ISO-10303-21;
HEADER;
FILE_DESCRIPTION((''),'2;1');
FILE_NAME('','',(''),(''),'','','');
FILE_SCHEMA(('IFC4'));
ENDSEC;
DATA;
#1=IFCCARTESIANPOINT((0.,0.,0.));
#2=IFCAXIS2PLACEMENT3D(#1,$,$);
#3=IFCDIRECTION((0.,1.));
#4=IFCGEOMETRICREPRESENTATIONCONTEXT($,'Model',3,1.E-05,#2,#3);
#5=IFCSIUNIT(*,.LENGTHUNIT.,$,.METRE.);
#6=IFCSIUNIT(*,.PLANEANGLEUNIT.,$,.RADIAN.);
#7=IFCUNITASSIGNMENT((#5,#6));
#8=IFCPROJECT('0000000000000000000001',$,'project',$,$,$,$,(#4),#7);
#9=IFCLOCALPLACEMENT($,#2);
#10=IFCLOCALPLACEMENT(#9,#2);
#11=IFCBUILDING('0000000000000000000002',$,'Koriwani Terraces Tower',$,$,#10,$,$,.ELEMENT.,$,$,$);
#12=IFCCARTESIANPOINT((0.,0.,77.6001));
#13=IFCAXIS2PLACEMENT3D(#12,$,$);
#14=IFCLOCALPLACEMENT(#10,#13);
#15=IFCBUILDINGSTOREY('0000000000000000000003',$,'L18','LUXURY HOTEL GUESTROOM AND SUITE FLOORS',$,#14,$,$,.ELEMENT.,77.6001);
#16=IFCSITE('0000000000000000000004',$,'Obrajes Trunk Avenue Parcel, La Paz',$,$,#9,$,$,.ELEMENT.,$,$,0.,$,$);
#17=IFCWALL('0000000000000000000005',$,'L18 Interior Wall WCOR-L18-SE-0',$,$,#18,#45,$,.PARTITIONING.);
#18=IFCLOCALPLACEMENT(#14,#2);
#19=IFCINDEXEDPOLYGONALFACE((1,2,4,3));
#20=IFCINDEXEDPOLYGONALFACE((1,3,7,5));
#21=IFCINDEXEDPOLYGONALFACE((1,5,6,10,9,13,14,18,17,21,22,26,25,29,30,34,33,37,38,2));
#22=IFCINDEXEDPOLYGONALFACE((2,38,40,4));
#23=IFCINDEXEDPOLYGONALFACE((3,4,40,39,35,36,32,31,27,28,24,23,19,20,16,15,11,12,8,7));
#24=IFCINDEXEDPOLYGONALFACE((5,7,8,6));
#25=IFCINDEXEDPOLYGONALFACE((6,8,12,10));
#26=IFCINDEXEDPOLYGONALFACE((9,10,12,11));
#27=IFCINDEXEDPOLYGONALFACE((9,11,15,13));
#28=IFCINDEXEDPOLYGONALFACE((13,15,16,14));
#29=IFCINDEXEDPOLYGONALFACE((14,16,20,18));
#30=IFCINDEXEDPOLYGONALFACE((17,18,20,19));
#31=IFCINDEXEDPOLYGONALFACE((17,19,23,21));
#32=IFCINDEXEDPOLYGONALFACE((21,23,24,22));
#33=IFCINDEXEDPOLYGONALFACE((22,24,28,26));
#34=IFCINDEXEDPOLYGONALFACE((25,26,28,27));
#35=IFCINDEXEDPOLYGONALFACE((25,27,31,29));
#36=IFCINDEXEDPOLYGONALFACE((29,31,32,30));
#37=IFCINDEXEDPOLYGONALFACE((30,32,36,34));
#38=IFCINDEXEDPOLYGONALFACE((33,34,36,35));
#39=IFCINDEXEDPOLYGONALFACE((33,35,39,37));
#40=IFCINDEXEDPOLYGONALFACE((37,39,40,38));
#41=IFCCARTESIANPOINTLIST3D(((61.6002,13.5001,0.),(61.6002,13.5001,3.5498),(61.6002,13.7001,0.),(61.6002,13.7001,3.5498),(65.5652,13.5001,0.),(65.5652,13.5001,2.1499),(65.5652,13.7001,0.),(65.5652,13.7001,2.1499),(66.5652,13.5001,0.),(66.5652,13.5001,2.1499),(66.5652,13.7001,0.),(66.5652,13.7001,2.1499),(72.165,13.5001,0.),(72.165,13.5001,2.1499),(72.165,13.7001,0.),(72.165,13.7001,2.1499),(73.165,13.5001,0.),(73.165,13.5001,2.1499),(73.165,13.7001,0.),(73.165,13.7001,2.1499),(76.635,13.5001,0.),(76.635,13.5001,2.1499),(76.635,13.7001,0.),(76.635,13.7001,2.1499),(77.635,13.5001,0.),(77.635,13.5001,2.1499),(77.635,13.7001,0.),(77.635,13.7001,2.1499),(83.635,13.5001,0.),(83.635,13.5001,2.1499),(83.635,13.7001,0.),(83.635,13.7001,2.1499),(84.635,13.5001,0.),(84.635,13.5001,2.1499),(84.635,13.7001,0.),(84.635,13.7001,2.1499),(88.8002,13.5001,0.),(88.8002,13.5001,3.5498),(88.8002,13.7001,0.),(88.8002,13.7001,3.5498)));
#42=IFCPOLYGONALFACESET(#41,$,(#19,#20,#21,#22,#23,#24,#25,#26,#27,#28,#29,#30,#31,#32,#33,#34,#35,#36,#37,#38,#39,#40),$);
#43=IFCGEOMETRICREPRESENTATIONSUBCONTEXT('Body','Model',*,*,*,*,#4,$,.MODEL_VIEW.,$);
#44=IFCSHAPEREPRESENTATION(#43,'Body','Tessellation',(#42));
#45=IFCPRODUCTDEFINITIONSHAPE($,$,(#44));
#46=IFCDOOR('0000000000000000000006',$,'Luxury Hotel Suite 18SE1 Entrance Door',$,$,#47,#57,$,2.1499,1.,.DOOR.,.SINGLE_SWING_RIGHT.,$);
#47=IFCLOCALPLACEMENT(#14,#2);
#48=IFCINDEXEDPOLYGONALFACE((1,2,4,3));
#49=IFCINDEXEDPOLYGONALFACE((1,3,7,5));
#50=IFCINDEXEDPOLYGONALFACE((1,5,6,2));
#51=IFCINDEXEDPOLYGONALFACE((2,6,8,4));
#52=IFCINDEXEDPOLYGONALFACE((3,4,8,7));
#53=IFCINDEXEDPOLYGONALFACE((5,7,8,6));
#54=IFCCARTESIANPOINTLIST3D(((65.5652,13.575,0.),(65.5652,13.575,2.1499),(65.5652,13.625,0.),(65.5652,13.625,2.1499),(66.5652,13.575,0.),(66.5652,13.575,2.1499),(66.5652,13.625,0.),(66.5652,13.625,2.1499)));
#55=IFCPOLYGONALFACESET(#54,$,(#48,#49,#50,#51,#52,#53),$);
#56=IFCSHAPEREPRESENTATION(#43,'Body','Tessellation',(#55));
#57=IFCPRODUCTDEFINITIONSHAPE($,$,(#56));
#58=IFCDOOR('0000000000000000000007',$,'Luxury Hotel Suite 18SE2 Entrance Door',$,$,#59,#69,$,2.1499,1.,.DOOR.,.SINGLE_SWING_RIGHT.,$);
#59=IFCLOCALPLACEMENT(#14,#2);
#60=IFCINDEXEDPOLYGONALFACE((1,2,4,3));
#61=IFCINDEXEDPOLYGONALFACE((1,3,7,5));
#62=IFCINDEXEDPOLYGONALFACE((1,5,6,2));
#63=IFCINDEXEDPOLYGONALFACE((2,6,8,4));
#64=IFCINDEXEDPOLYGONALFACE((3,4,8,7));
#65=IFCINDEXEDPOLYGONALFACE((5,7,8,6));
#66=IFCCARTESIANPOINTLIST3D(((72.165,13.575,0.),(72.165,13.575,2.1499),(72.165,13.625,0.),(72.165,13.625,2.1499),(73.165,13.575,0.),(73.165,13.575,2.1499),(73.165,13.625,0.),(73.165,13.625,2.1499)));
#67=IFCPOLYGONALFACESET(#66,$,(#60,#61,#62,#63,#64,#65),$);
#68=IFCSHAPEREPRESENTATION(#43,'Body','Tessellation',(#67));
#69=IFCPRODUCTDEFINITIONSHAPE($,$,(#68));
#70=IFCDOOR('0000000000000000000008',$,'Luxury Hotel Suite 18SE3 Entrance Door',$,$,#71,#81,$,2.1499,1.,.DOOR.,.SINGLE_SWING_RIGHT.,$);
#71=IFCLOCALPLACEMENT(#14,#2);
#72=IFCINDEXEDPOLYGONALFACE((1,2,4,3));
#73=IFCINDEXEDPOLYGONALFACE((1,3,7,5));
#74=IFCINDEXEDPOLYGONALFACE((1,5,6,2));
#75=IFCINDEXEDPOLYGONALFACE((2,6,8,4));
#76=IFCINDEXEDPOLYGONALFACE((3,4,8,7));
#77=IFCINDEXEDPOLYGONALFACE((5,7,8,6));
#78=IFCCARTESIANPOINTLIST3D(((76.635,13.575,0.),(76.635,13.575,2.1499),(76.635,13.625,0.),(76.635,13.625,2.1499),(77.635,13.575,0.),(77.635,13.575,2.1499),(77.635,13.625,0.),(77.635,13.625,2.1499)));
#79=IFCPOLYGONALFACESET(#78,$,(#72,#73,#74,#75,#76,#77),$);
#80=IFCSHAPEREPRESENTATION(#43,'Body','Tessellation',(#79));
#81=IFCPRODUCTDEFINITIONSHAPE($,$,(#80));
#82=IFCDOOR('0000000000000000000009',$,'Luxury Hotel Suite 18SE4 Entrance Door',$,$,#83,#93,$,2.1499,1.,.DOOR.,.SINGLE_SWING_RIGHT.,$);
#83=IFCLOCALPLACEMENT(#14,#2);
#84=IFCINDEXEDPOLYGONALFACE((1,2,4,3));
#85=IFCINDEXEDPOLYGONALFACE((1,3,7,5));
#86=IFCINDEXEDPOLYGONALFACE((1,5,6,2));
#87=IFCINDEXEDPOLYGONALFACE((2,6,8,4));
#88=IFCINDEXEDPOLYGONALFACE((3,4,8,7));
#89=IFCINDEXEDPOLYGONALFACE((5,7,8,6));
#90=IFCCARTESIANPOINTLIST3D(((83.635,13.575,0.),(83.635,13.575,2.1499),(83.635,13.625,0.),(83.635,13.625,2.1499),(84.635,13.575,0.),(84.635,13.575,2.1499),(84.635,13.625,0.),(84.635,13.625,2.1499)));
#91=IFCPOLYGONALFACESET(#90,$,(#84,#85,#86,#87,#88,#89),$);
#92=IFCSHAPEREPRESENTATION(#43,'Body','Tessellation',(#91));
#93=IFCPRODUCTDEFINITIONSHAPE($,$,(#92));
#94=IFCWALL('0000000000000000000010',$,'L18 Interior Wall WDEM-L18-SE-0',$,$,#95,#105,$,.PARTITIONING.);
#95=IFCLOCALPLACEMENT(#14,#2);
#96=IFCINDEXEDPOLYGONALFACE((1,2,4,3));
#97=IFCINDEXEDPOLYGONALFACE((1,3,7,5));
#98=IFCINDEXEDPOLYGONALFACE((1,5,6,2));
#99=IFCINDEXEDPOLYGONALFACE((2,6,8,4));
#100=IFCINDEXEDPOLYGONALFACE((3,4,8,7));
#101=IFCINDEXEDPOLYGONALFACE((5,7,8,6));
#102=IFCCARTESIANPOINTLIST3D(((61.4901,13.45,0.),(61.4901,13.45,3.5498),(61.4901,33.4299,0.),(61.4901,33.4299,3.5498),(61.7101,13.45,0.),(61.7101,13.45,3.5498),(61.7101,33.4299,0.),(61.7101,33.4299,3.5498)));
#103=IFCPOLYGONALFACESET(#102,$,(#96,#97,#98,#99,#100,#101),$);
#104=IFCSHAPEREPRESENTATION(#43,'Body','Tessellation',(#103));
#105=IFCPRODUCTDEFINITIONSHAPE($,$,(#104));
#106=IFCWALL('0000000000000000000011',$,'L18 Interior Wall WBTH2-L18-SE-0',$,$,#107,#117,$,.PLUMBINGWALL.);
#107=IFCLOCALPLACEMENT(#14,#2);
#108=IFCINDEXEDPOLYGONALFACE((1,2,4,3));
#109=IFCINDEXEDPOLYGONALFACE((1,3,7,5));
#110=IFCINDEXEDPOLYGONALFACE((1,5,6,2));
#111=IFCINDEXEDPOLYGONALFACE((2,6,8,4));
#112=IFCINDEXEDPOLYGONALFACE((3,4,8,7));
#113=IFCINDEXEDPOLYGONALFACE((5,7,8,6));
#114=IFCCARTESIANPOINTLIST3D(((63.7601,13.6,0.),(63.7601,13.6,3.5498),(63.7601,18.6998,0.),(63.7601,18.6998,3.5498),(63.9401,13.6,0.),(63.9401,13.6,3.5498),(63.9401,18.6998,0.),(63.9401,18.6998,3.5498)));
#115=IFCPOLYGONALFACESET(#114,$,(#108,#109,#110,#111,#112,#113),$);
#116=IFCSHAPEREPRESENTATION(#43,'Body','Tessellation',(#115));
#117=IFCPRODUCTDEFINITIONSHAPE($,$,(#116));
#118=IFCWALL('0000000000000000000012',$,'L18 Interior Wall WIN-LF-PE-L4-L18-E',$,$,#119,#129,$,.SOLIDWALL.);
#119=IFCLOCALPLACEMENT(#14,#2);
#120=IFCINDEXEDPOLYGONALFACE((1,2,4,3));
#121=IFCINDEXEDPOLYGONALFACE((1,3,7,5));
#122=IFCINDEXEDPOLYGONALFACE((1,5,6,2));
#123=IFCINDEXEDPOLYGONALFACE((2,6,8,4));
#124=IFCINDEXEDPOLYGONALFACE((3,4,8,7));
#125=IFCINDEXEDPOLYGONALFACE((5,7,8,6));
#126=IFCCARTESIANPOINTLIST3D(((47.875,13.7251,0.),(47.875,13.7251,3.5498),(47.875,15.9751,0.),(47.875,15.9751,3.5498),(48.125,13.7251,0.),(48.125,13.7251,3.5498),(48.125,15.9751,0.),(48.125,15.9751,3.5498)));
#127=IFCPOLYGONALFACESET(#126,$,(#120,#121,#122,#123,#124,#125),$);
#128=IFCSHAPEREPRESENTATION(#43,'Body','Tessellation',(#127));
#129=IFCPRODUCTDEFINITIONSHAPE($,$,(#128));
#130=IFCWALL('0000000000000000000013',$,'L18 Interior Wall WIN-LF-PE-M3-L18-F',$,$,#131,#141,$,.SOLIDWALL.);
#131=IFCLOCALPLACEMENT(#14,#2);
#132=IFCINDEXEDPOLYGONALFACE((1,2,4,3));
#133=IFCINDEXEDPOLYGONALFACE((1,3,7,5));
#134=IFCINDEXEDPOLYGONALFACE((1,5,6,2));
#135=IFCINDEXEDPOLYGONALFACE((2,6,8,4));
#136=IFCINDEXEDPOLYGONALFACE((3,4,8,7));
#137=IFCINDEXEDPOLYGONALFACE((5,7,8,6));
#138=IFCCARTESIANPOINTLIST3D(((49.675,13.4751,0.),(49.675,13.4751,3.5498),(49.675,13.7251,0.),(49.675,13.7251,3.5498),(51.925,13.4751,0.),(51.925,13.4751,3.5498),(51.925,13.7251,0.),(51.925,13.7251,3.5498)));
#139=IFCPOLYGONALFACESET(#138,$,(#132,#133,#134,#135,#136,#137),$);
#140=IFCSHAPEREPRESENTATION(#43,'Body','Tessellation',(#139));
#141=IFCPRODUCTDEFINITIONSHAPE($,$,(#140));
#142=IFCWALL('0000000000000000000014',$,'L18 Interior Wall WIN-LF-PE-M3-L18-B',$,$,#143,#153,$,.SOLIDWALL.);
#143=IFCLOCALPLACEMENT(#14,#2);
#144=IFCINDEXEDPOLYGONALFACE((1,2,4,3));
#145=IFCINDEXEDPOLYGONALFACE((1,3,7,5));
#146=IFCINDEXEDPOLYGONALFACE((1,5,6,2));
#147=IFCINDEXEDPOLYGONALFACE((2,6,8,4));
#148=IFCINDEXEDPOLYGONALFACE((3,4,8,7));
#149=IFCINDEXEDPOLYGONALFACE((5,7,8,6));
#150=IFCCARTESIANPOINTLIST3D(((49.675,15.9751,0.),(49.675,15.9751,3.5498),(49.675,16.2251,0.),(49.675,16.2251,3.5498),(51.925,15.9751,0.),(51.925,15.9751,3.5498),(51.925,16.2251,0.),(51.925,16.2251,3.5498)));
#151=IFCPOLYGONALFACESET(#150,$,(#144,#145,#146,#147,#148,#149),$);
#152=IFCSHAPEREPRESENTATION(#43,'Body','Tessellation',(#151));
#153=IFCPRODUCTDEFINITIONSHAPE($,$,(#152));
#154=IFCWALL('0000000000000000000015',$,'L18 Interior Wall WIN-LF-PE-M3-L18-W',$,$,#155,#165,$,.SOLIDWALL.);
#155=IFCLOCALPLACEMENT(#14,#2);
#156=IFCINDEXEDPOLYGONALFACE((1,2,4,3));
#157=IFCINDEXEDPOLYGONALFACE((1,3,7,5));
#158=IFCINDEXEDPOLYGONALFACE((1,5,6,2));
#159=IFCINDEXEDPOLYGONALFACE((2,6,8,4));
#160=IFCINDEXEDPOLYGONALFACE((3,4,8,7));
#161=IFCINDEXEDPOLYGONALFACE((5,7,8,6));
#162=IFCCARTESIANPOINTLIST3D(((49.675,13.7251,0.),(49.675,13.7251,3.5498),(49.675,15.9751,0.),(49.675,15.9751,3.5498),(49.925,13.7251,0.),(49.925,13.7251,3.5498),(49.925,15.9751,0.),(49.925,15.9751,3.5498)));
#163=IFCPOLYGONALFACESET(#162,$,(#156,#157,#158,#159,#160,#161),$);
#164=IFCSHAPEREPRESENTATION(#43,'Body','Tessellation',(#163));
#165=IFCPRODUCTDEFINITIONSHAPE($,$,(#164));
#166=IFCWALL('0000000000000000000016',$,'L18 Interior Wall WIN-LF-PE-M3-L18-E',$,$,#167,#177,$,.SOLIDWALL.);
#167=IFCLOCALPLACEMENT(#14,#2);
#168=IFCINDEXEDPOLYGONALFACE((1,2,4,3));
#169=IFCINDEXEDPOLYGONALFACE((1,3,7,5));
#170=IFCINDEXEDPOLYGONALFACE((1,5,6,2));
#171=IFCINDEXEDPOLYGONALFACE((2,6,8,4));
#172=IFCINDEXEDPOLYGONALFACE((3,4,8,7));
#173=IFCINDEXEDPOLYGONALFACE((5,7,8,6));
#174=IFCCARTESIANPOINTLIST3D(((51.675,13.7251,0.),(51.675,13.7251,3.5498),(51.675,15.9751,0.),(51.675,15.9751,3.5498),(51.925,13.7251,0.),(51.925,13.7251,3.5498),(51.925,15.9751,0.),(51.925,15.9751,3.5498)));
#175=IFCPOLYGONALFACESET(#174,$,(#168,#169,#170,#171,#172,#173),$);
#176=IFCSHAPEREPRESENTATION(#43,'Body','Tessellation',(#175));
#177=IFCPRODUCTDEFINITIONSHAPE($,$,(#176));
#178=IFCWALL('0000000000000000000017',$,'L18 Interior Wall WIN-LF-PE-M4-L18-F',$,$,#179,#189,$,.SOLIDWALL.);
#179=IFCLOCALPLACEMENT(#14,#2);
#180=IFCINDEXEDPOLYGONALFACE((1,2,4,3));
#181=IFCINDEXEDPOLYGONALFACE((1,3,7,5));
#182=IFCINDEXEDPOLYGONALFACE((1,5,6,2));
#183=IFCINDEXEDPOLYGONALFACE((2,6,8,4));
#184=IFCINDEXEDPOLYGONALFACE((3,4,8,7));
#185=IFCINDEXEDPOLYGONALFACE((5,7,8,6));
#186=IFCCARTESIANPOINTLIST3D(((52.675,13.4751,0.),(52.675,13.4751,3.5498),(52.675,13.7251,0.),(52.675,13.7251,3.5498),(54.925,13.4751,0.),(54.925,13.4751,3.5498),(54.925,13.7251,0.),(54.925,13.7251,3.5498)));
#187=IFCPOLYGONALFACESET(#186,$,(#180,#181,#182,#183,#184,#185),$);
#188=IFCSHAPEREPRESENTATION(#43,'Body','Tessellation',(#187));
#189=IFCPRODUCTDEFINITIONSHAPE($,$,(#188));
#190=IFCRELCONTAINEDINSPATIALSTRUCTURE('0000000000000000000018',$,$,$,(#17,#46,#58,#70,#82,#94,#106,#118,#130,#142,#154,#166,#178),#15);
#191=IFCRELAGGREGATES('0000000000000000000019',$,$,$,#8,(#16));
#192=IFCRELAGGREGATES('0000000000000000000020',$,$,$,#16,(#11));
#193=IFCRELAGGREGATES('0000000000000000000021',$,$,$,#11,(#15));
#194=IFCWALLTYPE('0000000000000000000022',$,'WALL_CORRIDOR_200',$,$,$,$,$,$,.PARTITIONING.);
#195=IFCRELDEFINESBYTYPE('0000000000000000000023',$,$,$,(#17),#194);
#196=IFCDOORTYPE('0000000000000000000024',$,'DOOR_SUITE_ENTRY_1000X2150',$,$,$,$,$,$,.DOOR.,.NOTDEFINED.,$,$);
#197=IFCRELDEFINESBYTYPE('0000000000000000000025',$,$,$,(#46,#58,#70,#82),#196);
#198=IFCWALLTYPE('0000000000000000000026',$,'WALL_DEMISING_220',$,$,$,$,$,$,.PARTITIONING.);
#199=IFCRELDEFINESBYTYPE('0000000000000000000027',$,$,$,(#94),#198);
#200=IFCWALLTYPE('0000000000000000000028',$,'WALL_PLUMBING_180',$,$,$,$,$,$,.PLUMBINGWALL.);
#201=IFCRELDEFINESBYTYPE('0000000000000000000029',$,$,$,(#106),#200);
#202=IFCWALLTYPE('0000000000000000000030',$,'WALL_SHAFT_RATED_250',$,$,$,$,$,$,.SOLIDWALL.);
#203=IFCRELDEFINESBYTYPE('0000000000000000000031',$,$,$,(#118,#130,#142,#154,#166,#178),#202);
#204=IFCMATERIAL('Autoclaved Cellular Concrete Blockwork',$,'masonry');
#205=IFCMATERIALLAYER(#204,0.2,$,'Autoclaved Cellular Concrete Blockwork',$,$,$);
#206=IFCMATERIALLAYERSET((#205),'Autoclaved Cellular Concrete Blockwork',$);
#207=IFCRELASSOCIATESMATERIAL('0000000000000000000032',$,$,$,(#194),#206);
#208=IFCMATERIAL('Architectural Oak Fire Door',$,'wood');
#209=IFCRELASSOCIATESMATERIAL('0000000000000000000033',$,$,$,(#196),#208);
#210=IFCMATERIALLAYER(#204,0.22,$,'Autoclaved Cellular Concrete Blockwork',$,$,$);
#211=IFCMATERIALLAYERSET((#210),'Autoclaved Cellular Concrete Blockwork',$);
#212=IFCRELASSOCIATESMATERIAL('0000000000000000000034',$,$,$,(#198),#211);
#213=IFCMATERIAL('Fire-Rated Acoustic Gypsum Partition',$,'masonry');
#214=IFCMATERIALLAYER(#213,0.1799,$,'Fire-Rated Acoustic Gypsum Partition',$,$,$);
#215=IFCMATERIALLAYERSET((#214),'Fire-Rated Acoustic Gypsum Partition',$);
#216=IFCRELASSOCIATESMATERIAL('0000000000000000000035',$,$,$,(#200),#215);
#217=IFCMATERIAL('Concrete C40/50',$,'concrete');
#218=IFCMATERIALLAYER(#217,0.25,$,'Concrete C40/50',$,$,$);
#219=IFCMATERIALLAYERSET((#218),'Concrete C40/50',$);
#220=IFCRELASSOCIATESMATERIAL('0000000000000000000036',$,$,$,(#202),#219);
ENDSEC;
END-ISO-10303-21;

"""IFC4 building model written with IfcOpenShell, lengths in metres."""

from ifc_helpers import new_model, si_unit, direction, frame, frame_2d, origin, place, context, subcontext, project, spatial, rectangle, extrude, material, layer, layer_set, type_object, element, fill, save


model = new_model("IFC4")

# Units and contexts
model_context = context("Model", 3, precision=1e-05, world=origin(), true_north=direction((0.0, 1.0)))
body_context = subcontext(model_context, "Body", "Model", "MODEL_VIEW")
ifc_project = project(units=[si_unit("LENGTHUNIT", "METRE"), si_unit("PLANEANGLEUNIT", "RADIAN")], contexts=[model_context])

# Site, building, storey
site_placement = place(None, origin())
site = spatial("IfcSite", under=ifc_project, at=site_placement, Name="Obrajes Trunk Avenue Parcel, La Paz", CompositionType="ELEMENT", RefElevation=0.0)
building_placement = place(site_placement, origin())
building = spatial("IfcBuilding", under=site, at=building_placement, Name="Koriwani Terraces Tower", CompositionType="ELEMENT")
storey_placement = place(building_placement, frame((0.0, 0.0, 77.6001)))
storey = spatial("IfcBuildingStorey", under=building, at=storey_placement, Name="L18", Description="LUXURY HOTEL GUESTROOM AND SUITE FLOORS", CompositionType="ELEMENT", Elevation=77.6001)

# Wall, openings, doors
ifc_material_1 = material(Name="Autoclaved Cellular Concrete Blockwork", Category="masonry")
ifc_layer_1 = layer(ifc_material_1, 0.2, Name="Autoclaved Cellular Concrete Blockwork")
ifc_layer_set_1 = layer_set([ifc_layer_1], Name="Autoclaved Cellular Concrete Blockwork")
wall_type_1 = type_object("IfcWallType", Name="WALL_CORRIDOR_200", PredefinedType="PARTITIONING", material=ifc_layer_set_1)
ifc_material_2 = material(Name="Architectural Oak Fire Door", Category="wood")
door_type = type_object("IfcDoorType", Name="DOOR_SUITE_ENTRY_1000X2150", OperationType="NOTDEFINED", PredefinedType="DOOR", material=ifc_material_2)
wall_1_placement = place(storey_placement, frame((61.6001, 13.6001, 0.0), z_axis=(0.0, 0.0, 1.0), x_axis=(1.0, 0.0, 0.0)))
wall_1 = element("IfcWall", 1, at=wall_1_placement, inside=storey, type_object=wall_type_1, Name="L18 Interior Wall WCOR-L18-SE-0", PredefinedType="PARTITIONING", context=body_context, shape_type="SweptSolid", body=[
    extrude(rectangle(XDim=27.2, YDim=0.2, at=frame_2d((13.6001, 0.0))), origin(), (0.0, 0.0, 1.0), 3.5498),
])
opening_1_placement = place(wall_1_placement, frame((3.9651, 0.0, 0.0)))
opening_1 = element("IfcOpeningElement", 2, at=opening_1_placement, cuts=wall_1, PredefinedType="OPENING", context=body_context, shape_type="SweptSolid", body=[
    extrude(rectangle(XDim=1.0, YDim=2.1499, at=frame_2d((0.5, 1.075))), frame((0.0, 0.1099, 0.0), z_axis=(0.0, -1.0, 0.0), x_axis=(1.0, 0.0, 0.0)), (0.0, 0.0, 1.0), 0.22),
])
opening_2_placement = place(wall_1_placement, frame((10.5649, 0.0, 0.0)))
opening_2 = element("IfcOpeningElement", 3, at=opening_2_placement, cuts=wall_1, PredefinedType="OPENING", context=body_context, shape_type="SweptSolid", body=[
    extrude(rectangle(XDim=1.0, YDim=2.1499, at=frame_2d((0.5, 1.075))), frame((0.0, 0.1099, 0.0), z_axis=(0.0, -1.0, 0.0), x_axis=(1.0, 0.0, 0.0)), (0.0, 0.0, 1.0), 0.22),
])
opening_3_placement = place(wall_1_placement, frame((15.0349, 0.0, 0.0)))
opening_3 = element("IfcOpeningElement", 4, at=opening_3_placement, cuts=wall_1, PredefinedType="OPENING", context=body_context, shape_type="SweptSolid", body=[
    extrude(rectangle(XDim=1.0, YDim=2.1499, at=frame_2d((0.5, 1.075))), frame((0.0, 0.1099, 0.0), z_axis=(0.0, -1.0, 0.0), x_axis=(1.0, 0.0, 0.0)), (0.0, 0.0, 1.0), 0.22),
])
opening_4_placement = place(wall_1_placement, frame((22.0349, 0.0, 0.0)))
opening_4 = element("IfcOpeningElement", 5, at=opening_4_placement, cuts=wall_1, PredefinedType="OPENING", context=body_context, shape_type="SweptSolid", body=[
    extrude(rectangle(XDim=1.0, YDim=2.1499, at=frame_2d((0.5, 1.075))), frame((0.0, 0.1099, 0.0), z_axis=(0.0, -1.0, 0.0), x_axis=(1.0, 0.0, 0.0)), (0.0, 0.0, 1.0), 0.22),
])
door_1_placement = place(opening_1_placement, origin())
door_1 = element("IfcDoor", 6, at=door_1_placement, inside=storey, type_object=door_type, Name="Luxury Hotel Suite 18SE1 Entrance Door", OperationType="SINGLE_SWING_RIGHT", OverallHeight=2.1499, OverallWidth=1.0, PredefinedType="DOOR", context=body_context, shape_type="SweptSolid", body=[
    extrude(rectangle(XDim=1.0, YDim=2.1499, at=frame_2d((0.5, 1.075))), frame((0.0, 0.0249, 0.0), z_axis=(0.0, -1.0, 0.0), x_axis=(1.0, 0.0, 0.0)), (0.0, 0.0, 1.0), 0.05),
])
fill(opening_1, door_1)
door_2_placement = place(opening_2_placement, origin())
door_2 = element("IfcDoor", 7, at=door_2_placement, inside=storey, type_object=door_type, Name="Luxury Hotel Suite 18SE2 Entrance Door", OperationType="SINGLE_SWING_RIGHT", OverallHeight=2.1499, OverallWidth=1.0, PredefinedType="DOOR", context=body_context, shape_type="SweptSolid", body=[
    extrude(rectangle(XDim=1.0, YDim=2.1499, at=frame_2d((0.5, 1.075))), frame((0.0, 0.0249, 0.0), z_axis=(0.0, -1.0, 0.0), x_axis=(1.0, 0.0, 0.0)), (0.0, 0.0, 1.0), 0.05),
])
fill(opening_2, door_2)
door_3_placement = place(opening_3_placement, origin())
door_3 = element("IfcDoor", 8, at=door_3_placement, inside=storey, type_object=door_type, Name="Luxury Hotel Suite 18SE3 Entrance Door", OperationType="SINGLE_SWING_RIGHT", OverallHeight=2.1499, OverallWidth=1.0, PredefinedType="DOOR", context=body_context, shape_type="SweptSolid", body=[
    extrude(rectangle(XDim=1.0, YDim=2.1499, at=frame_2d((0.5, 1.075))), frame((0.0, 0.0249, 0.0), z_axis=(0.0, -1.0, 0.0), x_axis=(1.0, 0.0, 0.0)), (0.0, 0.0, 1.0), 0.05),
])
fill(opening_3, door_3)
door_4_placement = place(opening_4_placement, origin())
door_4 = element("IfcDoor", 9, at=door_4_placement, inside=storey, type_object=door_type, Name="Luxury Hotel Suite 18SE4 Entrance Door", OperationType="SINGLE_SWING_RIGHT", OverallHeight=2.1499, OverallWidth=1.0, PredefinedType="DOOR", context=body_context, shape_type="SweptSolid", body=[
    extrude(rectangle(XDim=1.0, YDim=2.1499, at=frame_2d((0.5, 1.075))), frame((0.0, 0.0249, 0.0), z_axis=(0.0, -1.0, 0.0), x_axis=(1.0, 0.0, 0.0)), (0.0, 0.0, 1.0), 0.05),
])
fill(opening_4, door_4)

# Walls
ifc_layer_2 = layer(ifc_material_1, 0.22, Name="Autoclaved Cellular Concrete Blockwork")
ifc_layer_set_2 = layer_set([ifc_layer_2], Name="Autoclaved Cellular Concrete Blockwork")
wall_type_2 = type_object("IfcWallType", Name="WALL_DEMISING_220", PredefinedType="PARTITIONING", material=ifc_layer_set_2)
wall_2_placement = place(storey_placement, frame((61.6001, 13.45, 0.0), z_axis=(0.0, 0.0, 1.0), x_axis=(0.0, 1.0, 0.0)))
element("IfcWall", 10, at=wall_2_placement, inside=storey, type_object=wall_type_2, Name="L18 Interior Wall WDEM-L18-SE-0", PredefinedType="PARTITIONING", context=body_context, shape_type="SweptSolid", body=[
    extrude(rectangle(XDim=19.98, YDim=0.22, at=frame_2d((9.99, 0.0))), origin(), (0.0, 0.0, 1.0), 3.5498),
])
ifc_material_3 = material(Name="Fire-Rated Acoustic Gypsum Partition", Category="masonry")
ifc_layer_3 = layer(ifc_material_3, 0.1799, Name="Fire-Rated Acoustic Gypsum Partition")
ifc_layer_set_3 = layer_set([ifc_layer_3], Name="Fire-Rated Acoustic Gypsum Partition")
wall_type_3 = type_object("IfcWallType", Name="WALL_PLUMBING_180", PredefinedType="PLUMBINGWALL", material=ifc_layer_set_3)
wall_3_placement = place(storey_placement, frame((63.8501, 13.6001, 0.0), z_axis=(0.0, 0.0, 1.0), x_axis=(0.0, 1.0, 0.0)))
element("IfcWall", 11, at=wall_3_placement, inside=storey, type_object=wall_type_3, Name="L18 Interior Wall WBTH2-L18-SE-0", PredefinedType="PLUMBINGWALL", context=body_context, shape_type="SweptSolid", body=[
    extrude(rectangle(XDim=5.0999, YDim=0.1799, at=frame_2d((2.5498, 0.0))), origin(), (0.0, 0.0, 1.0), 3.5498),
])
ifc_material_4 = material(Name="Concrete C40/50", Category="concrete")
ifc_layer_4 = layer(ifc_material_4, 0.25, Name="Concrete C40/50")
ifc_layer_set_4 = layer_set([ifc_layer_4], Name="Concrete C40/50")
wall_type_4 = type_object("IfcWallType", Name="WALL_SHAFT_RATED_250", PredefinedType="SOLIDWALL", material=ifc_layer_set_4)
for number, where, z_axis, x_axis, name in (
    (12, (48.0, 13.7251, 0.0), (0.0, 0.0, 1.0), (0.0, 1.0, 0.0), "L18 Interior Wall WIN-LF-PE-L4-L18-E"),
    (13, (49.675, 13.6001, 0.0), (0.0, 0.0, 1.0), (1.0, 0.0, 0.0), "L18 Interior Wall WIN-LF-PE-M3-L18-F"),
    (14, (49.675, 16.1001, 0.0), (0.0, 0.0, 1.0), (1.0, 0.0, 0.0), "L18 Interior Wall WIN-LF-PE-M3-L18-B"),
    (15, (49.8, 13.7251, 0.0), (0.0, 0.0, 1.0), (0.0, 1.0, 0.0), "L18 Interior Wall WIN-LF-PE-M3-L18-W"),
    (16, (51.8, 13.7251, 0.0), (0.0, 0.0, 1.0), (0.0, 1.0, 0.0), "L18 Interior Wall WIN-LF-PE-M3-L18-E"),
    (17, (52.675, 13.6001, 0.0), (0.0, 0.0, 1.0), (1.0, 0.0, 0.0), "L18 Interior Wall WIN-LF-PE-M4-L18-F"),
):
    element("IfcWall", number, at=place(storey_placement, frame(where, z_axis=z_axis, x_axis=x_axis)), inside=storey, type_object=wall_type_4, Name=name, PredefinedType="SOLIDWALL", context=body_context, shape_type="SweptSolid", body=[
        extrude(rectangle(XDim=2.25, YDim=0.25, at=frame_2d((1.125, 0.0))), origin(), (0.0, 0.0, 1.0), 3.5498),
    ])

save(model, "model.ifc")
